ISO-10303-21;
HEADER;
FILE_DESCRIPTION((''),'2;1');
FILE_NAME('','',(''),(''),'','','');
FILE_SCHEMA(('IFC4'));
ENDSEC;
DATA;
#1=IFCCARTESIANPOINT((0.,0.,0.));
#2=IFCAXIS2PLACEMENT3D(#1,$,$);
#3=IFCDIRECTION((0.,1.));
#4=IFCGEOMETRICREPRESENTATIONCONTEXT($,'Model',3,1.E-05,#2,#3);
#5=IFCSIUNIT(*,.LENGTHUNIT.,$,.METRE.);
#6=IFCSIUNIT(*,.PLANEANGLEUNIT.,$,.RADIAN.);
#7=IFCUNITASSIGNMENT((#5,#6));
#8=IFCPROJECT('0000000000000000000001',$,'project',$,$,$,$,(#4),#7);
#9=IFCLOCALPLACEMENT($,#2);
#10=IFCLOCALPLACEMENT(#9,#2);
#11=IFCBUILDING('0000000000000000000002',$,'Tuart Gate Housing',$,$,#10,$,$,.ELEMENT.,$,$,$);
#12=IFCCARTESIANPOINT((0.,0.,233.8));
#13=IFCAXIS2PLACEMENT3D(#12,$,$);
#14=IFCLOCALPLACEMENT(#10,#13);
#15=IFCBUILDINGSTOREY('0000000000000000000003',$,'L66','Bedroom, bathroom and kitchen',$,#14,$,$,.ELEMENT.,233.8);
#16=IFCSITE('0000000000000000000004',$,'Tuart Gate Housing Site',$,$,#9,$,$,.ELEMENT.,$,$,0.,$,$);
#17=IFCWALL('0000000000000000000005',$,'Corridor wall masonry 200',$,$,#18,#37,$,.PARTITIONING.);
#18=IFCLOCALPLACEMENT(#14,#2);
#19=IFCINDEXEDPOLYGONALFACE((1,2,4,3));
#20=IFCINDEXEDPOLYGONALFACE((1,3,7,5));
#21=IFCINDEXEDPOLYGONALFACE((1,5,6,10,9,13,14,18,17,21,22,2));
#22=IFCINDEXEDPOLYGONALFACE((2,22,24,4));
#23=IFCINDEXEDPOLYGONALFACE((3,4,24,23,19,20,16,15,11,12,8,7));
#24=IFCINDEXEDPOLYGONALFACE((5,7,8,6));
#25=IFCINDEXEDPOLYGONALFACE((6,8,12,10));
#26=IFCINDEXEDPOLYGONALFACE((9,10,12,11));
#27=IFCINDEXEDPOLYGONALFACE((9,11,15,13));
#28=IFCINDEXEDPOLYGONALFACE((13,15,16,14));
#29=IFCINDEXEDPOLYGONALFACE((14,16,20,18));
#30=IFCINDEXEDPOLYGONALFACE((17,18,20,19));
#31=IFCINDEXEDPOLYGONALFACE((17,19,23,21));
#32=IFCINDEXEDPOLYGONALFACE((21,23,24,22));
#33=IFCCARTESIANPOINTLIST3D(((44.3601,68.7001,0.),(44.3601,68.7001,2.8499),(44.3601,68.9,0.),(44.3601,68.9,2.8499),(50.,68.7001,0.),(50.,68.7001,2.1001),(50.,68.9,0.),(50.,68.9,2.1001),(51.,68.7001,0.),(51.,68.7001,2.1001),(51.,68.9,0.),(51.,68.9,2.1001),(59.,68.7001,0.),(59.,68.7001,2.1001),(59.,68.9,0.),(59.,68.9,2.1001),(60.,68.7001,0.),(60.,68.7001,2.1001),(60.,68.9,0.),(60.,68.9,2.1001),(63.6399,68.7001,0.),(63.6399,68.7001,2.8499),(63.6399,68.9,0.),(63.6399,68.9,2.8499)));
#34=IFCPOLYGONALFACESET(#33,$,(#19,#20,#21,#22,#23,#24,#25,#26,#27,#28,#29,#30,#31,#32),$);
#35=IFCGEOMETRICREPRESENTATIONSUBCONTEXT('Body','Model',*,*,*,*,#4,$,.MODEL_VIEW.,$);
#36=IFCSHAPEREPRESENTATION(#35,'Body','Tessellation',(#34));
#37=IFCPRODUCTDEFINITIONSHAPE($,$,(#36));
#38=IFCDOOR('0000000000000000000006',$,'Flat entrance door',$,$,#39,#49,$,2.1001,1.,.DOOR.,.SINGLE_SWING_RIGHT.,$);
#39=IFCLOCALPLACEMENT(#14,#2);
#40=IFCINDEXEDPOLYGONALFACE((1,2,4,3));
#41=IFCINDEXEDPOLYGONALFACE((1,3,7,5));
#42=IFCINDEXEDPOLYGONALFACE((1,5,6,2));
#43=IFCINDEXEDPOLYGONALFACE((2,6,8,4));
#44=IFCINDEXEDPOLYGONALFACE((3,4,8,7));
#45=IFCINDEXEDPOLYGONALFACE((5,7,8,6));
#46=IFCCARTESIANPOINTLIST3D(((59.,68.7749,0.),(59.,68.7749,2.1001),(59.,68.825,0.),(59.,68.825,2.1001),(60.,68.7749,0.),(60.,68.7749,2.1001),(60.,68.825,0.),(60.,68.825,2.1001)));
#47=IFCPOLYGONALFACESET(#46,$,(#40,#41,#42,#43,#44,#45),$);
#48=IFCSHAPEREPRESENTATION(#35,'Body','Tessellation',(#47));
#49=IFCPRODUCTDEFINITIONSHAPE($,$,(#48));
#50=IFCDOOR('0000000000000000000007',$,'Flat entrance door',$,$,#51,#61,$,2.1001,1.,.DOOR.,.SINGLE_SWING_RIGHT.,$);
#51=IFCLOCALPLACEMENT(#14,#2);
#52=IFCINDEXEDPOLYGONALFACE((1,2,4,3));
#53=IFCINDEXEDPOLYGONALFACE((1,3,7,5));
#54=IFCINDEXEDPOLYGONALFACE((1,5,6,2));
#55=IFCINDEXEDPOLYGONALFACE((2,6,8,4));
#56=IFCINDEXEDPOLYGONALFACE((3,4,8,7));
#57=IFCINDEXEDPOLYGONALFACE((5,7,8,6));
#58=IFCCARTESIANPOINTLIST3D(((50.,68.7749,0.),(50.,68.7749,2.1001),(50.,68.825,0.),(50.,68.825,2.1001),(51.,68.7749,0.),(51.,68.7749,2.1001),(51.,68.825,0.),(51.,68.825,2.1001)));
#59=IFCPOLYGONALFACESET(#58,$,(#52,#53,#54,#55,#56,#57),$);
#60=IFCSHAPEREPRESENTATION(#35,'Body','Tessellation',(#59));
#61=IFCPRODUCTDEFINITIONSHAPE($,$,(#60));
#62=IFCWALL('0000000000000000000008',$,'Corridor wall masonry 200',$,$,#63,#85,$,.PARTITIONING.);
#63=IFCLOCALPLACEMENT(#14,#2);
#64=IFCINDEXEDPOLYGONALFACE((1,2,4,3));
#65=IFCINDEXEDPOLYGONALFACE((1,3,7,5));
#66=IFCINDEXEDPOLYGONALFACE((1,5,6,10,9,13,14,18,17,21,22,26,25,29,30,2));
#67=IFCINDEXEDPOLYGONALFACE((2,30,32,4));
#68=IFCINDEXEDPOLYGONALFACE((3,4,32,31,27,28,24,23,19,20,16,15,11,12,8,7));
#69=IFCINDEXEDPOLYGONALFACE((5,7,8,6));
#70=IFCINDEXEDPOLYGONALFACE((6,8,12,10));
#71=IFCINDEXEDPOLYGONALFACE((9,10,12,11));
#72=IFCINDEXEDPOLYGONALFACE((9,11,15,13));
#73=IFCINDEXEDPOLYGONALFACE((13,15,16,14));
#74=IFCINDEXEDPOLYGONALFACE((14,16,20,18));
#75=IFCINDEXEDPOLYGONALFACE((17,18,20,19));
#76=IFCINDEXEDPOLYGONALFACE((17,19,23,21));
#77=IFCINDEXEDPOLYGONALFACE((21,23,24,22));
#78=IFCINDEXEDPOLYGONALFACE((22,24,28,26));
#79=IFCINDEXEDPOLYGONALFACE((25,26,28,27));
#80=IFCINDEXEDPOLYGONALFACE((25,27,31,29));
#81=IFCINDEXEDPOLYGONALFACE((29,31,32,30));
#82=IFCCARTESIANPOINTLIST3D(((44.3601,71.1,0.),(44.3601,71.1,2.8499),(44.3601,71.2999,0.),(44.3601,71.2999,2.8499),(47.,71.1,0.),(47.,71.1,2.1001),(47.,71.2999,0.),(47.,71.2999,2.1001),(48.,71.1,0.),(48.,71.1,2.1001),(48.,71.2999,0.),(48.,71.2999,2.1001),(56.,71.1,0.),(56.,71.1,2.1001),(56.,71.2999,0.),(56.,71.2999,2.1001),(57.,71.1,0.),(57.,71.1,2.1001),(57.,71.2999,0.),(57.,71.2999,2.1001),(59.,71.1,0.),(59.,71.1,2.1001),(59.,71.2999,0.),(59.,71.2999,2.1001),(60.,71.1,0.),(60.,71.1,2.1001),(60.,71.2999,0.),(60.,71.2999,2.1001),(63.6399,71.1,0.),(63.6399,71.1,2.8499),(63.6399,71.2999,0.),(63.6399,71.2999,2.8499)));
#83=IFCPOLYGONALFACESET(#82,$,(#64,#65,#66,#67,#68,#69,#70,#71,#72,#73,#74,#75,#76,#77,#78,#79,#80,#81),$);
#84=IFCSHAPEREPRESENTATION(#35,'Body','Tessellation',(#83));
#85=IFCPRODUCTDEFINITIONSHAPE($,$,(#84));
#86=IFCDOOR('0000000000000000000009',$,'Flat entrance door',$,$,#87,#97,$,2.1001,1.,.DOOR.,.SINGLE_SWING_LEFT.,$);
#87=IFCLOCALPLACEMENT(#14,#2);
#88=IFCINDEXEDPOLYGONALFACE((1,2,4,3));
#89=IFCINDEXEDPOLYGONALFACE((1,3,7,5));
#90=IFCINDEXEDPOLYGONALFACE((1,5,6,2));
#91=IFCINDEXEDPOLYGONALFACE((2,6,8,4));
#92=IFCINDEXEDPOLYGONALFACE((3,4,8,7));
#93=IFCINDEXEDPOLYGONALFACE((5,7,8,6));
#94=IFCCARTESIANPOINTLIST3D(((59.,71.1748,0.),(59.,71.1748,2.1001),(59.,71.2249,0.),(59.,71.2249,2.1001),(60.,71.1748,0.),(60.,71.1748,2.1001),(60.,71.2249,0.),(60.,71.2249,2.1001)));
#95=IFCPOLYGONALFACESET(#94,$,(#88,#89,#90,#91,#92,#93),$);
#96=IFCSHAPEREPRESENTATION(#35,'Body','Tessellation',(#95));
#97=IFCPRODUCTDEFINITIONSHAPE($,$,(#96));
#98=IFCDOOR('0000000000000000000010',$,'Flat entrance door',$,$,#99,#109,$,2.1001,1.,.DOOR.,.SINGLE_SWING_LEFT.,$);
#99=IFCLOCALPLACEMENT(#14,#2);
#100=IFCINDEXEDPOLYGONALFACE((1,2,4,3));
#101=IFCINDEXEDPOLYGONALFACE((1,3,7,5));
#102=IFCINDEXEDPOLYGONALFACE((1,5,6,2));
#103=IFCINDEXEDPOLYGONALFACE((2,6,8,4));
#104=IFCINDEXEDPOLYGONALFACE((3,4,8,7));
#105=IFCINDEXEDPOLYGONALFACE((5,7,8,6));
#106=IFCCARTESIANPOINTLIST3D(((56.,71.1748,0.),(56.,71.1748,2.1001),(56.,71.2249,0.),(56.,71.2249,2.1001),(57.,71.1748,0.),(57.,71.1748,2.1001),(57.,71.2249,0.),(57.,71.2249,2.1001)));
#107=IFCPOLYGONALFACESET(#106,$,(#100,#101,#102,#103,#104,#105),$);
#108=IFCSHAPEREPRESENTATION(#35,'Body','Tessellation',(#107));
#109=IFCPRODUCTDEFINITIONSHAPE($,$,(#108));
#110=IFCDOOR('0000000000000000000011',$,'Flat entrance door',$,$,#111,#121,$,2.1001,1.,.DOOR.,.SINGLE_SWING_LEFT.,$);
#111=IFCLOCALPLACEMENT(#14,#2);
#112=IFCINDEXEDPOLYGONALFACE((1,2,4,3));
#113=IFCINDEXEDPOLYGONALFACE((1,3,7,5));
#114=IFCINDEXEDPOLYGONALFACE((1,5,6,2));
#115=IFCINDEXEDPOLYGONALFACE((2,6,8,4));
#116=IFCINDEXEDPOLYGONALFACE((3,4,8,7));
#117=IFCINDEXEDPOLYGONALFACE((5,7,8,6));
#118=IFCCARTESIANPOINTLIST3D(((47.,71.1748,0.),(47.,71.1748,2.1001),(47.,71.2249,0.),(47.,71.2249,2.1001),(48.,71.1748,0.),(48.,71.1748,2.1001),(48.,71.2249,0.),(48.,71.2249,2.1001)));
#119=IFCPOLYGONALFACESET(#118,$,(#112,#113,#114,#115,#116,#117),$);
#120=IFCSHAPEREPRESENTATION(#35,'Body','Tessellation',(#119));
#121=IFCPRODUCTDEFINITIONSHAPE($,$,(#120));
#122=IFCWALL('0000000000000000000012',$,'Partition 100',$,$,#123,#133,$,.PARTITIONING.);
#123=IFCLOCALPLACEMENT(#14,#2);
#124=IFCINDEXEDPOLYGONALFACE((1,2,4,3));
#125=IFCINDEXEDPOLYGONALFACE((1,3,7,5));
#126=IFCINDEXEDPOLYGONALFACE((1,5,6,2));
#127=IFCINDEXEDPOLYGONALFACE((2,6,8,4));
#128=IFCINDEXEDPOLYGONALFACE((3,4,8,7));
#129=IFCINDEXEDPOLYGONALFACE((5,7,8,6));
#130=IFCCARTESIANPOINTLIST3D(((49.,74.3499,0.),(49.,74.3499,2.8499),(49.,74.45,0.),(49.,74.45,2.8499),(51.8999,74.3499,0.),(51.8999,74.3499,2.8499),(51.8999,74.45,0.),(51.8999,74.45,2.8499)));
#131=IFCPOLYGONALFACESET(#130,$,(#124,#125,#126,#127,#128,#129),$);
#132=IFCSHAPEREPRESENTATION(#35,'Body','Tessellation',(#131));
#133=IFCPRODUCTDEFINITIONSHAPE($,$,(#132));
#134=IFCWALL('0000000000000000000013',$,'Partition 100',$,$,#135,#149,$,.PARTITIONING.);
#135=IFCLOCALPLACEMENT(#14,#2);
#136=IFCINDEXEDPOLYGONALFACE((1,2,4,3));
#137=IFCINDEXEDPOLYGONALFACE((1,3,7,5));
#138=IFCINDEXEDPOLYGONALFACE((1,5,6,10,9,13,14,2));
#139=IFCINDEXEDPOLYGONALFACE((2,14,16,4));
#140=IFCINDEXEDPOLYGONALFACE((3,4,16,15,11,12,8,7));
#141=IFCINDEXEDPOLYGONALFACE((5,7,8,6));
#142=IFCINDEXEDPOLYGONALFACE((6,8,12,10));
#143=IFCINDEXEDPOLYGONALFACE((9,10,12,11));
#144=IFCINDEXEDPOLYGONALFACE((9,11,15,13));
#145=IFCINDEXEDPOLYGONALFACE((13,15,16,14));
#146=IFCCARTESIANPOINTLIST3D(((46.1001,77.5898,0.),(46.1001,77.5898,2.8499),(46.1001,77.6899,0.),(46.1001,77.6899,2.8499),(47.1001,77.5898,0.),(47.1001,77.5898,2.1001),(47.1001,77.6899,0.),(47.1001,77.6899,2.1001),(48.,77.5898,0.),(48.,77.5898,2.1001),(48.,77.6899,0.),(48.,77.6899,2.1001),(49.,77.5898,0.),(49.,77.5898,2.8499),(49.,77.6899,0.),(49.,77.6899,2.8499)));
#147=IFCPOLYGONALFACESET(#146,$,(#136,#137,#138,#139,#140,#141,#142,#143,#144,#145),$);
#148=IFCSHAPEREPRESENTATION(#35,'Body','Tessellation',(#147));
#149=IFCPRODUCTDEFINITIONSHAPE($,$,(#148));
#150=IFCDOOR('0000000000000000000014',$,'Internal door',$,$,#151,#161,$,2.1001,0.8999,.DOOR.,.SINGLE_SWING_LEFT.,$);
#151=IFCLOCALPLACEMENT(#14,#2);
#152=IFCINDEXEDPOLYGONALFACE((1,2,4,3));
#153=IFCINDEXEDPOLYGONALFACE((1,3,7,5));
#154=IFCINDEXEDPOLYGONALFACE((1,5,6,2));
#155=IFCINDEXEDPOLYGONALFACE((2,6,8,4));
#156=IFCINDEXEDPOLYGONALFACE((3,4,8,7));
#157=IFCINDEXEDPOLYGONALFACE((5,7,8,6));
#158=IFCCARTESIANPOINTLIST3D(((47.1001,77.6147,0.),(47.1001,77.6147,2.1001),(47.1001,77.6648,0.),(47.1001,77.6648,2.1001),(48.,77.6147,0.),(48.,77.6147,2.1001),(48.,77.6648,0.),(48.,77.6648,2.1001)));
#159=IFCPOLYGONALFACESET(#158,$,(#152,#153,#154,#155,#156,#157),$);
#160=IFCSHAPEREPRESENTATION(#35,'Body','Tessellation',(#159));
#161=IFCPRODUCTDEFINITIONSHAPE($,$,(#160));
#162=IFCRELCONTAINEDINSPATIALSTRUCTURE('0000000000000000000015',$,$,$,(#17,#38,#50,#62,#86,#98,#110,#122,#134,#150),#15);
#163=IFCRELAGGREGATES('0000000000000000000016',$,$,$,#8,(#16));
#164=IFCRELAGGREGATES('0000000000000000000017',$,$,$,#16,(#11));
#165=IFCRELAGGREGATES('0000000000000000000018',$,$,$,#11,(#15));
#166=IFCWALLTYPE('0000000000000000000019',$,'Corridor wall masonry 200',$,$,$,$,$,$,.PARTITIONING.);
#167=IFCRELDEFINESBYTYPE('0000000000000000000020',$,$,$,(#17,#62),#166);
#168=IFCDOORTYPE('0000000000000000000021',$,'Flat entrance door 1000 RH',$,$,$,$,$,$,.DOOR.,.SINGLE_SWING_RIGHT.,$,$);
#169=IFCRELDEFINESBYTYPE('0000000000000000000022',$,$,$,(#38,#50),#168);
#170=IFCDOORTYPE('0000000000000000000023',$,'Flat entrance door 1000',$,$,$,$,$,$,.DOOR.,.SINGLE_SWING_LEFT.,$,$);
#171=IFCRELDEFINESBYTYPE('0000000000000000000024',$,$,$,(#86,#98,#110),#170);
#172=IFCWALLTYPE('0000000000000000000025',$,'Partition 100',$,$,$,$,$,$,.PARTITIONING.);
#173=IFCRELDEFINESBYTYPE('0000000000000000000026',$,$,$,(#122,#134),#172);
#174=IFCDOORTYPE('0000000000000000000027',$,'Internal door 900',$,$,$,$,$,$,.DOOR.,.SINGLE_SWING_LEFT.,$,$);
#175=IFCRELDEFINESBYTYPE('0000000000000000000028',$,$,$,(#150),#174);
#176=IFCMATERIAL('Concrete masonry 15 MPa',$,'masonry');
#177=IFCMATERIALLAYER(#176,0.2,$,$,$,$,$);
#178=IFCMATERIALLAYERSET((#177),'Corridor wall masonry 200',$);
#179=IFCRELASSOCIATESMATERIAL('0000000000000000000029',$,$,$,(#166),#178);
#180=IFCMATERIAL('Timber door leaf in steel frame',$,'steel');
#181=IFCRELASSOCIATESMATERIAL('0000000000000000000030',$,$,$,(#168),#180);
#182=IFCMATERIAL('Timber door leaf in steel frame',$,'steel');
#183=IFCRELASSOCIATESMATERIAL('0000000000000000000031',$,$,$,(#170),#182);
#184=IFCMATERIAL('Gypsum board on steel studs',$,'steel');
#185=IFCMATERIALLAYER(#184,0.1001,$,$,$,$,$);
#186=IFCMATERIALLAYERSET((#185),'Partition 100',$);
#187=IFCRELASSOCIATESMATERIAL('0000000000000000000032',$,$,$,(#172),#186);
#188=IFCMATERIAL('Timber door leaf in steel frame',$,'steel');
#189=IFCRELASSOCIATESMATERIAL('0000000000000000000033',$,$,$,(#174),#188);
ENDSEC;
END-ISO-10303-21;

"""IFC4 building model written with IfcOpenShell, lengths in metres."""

from ifc_helpers import new_model, si_unit, direction, frame, frame_2d, origin, place, context, subcontext, project, spatial, rectangle, extrude, material, layer, layer_set, type_object, element, fill, save


model = new_model("IFC4")

# Units and contexts
model_context = context("Model", 3, precision=1e-05, world=origin(), true_north=direction((0.0, 1.0)))
body_context = subcontext(model_context, "Body", "Model", "MODEL_VIEW")
ifc_project = project(units=[si_unit("LENGTHUNIT", "METRE"), si_unit("PLANEANGLEUNIT", "RADIAN")], contexts=[model_context])

# Site, building, storey
site_placement = place(None, origin())
site = spatial("IfcSite", under=ifc_project, at=site_placement, Name="Tuart Gate Housing Site", CompositionType="ELEMENT", RefElevation=0.0)
building_placement = place(site_placement, origin())
building = spatial("IfcBuilding", under=site, at=building_placement, Name="Tuart Gate Housing", CompositionType="ELEMENT")
storey_placement = place(building_placement, frame((0.0, 0.0, 233.8)))
storey = spatial("IfcBuildingStorey", under=building, at=storey_placement, Name="L66", Description="Bedroom, bathroom and kitchen", CompositionType="ELEMENT", Elevation=233.8)

# Walls, openings, doors
ifc_material_1 = material(Name="Concrete masonry 15 MPa", Category="masonry")
ifc_layer_1 = layer(ifc_material_1, 0.2)
ifc_layer_set_1 = layer_set([ifc_layer_1], Name="Corridor wall masonry 200")
wall_type_1 = type_object("IfcWallType", Name="Corridor wall masonry 200", PredefinedType="PARTITIONING", material=ifc_layer_set_1)
wall_1_placement = place(storey_placement, frame((44.3601, 68.8, 0.0), z_axis=(0.0, 0.0, 1.0), x_axis=(1.0, 0.0, 0.0)))
wall_1 = element("IfcWall", 1, at=wall_1_placement, inside=storey, type_object=wall_type_1, Name="Corridor wall masonry 200", PredefinedType="PARTITIONING", context=body_context, shape_type="SweptSolid", body=[
    extrude(rectangle(XDim=19.2798, YDim=0.2, at=frame_2d((9.6399, 0.0))), origin(), (0.0, 0.0, 1.0), 2.8499),
])
opening_1_placement = place(wall_1_placement, frame((14.6399, 0.0, 0.0)))
opening_1 = element("IfcOpeningElement", 2, at=opening_1_placement, cuts=wall_1, PredefinedType="OPENING", context=body_context, shape_type="SweptSolid", body=[
    extrude(rectangle(XDim=1.0, YDim=2.1001, at=frame_2d((0.5, 1.05))), frame((0.0, 0.1099, 0.0), z_axis=(0.0, -1.0, 0.0), x_axis=(1.0, 0.0, 0.0)), (0.0, 0.0, 1.0), 0.22),
])
opening_2_placement = place(wall_1_placement, frame((5.6399, 0.0, 0.0)))
opening_2 = element("IfcOpeningElement", 3, at=opening_2_placement, cuts=wall_1, PredefinedType="OPENING", context=body_context, shape_type="SweptSolid", body=[
    extrude(rectangle(XDim=1.0, YDim=2.1001, at=frame_2d((0.5, 1.05))), frame((0.0, 0.1099, 0.0), z_axis=(0.0, -1.0, 0.0), x_axis=(1.0, 0.0, 0.0)), (0.0, 0.0, 1.0), 0.22),
])
ifc_material_2 = material(Name="Timber door leaf in steel frame", Category="steel")
door_type_1 = type_object("IfcDoorType", Name="Flat entrance door 1000 RH", OperationType="SINGLE_SWING_RIGHT", PredefinedType="DOOR", material=ifc_material_2)
door_1_placement = place(opening_1_placement, frame((1.0, 0.0, 0.0), z_axis=(0.0, 0.0, 1.0), x_axis=(-1.0, 0.0, 0.0)))
door_1 = element("IfcDoor", 4, at=door_1_placement, inside=storey, type_object=door_type_1, Name="Flat entrance door", OperationType="SINGLE_SWING_RIGHT", OverallHeight=2.1001, OverallWidth=1.0, PredefinedType="DOOR", context=body_context, shape_type="SweptSolid", body=[
    extrude(rectangle(XDim=1.0, YDim=2.1001, at=frame_2d((0.5, 1.05))), frame((0.0, 0.0251, 0.0), z_axis=(0.0, -1.0, 0.0), x_axis=(1.0, 0.0, 0.0)), (0.0, 0.0, 1.0), 0.05),
])
fill(opening_1, door_1)
door_2_placement = place(opening_2_placement, frame((1.0, 0.0, 0.0), z_axis=(0.0, 0.0, 1.0), x_axis=(-1.0, 0.0, 0.0)))
door_2 = element("IfcDoor", 5, at=door_2_placement, inside=storey, type_object=door_type_1, Name="Flat entrance door", OperationType="SINGLE_SWING_RIGHT", OverallHeight=2.1001, OverallWidth=1.0, PredefinedType="DOOR", context=body_context, shape_type="SweptSolid", body=[
    extrude(rectangle(XDim=1.0, YDim=2.1001, at=frame_2d((0.5, 1.05))), frame((0.0, 0.0251, 0.0), z_axis=(0.0, -1.0, 0.0), x_axis=(1.0, 0.0, 0.0)), (0.0, 0.0, 1.0), 0.05),
])
fill(opening_2, door_2)
wall_2_placement = place(storey_placement, frame((44.3601, 71.2, 0.0), z_axis=(0.0, 0.0, 1.0), x_axis=(1.0, 0.0, 0.0)))
wall_2 = element("IfcWall", 6, at=wall_2_placement, inside=storey, type_object=wall_type_1, Name="Corridor wall masonry 200", PredefinedType="PARTITIONING", context=body_context, shape_type="SweptSolid", body=[
    extrude(rectangle(XDim=19.2798, YDim=0.2, at=frame_2d((9.6399, 0.0))), origin(), (0.0, 0.0, 1.0), 2.8499),
])
opening_3_placement = place(wall_2_placement, frame((14.6399, 0.0, 0.0)))
opening_3 = element("IfcOpeningElement", 7, at=opening_3_placement, cuts=wall_2, PredefinedType="OPENING", context=body_context, shape_type="SweptSolid", body=[
    extrude(rectangle(XDim=1.0, YDim=2.1001, at=frame_2d((0.5, 1.05))), frame((0.0, 0.1099, 0.0), z_axis=(0.0, -1.0, 0.0), x_axis=(1.0, 0.0, 0.0)), (0.0, 0.0, 1.0), 0.22),
])
opening_4_placement = place(wall_2_placement, frame((11.6399, 0.0, 0.0)))
opening_4 = element("IfcOpeningElement", 8, at=opening_4_placement, cuts=wall_2, PredefinedType="OPENING", context=body_context, shape_type="SweptSolid", body=[
    extrude(rectangle(XDim=1.0, YDim=2.1001, at=frame_2d((0.5, 1.05))), frame((0.0, 0.1099, 0.0), z_axis=(0.0, -1.0, 0.0), x_axis=(1.0, 0.0, 0.0)), (0.0, 0.0, 1.0), 0.22),
])
opening_5_placement = place(wall_2_placement, frame((2.6399, 0.0, 0.0)))
opening_5 = element("IfcOpeningElement", 9, at=opening_5_placement, cuts=wall_2, PredefinedType="OPENING", context=body_context, shape_type="SweptSolid", body=[
    extrude(rectangle(XDim=1.0, YDim=2.1001, at=frame_2d((0.5, 1.05))), frame((0.0, 0.1099, 0.0), z_axis=(0.0, -1.0, 0.0), x_axis=(1.0, 0.0, 0.0)), (0.0, 0.0, 1.0), 0.22),
])
ifc_material_3 = material(Name="Timber door leaf in steel frame", Category="steel")
door_type_2 = type_object("IfcDoorType", Name="Flat entrance door 1000", OperationType="SINGLE_SWING_LEFT", PredefinedType="DOOR", material=ifc_material_3)
door_3_placement = place(opening_3_placement, origin())
door_3 = element("IfcDoor", 10, at=door_3_placement, inside=storey, type_object=door_type_2, Name="Flat entrance door", OperationType="SINGLE_SWING_LEFT", OverallHeight=2.1001, OverallWidth=1.0, PredefinedType="DOOR", context=body_context, shape_type="SweptSolid", body=[
    extrude(rectangle(XDim=1.0, YDim=2.1001, at=frame_2d((0.5, 1.05))), frame((0.0, 0.0249, 0.0), z_axis=(0.0, -1.0, 0.0), x_axis=(1.0, 0.0, 0.0)), (0.0, 0.0, 1.0), 0.05),
])
fill(opening_3, door_3)
door_4_placement = place(opening_4_placement, origin())
door_4 = element("IfcDoor", 11, at=door_4_placement, inside=storey, type_object=door_type_2, Name="Flat entrance door", OperationType="SINGLE_SWING_LEFT", OverallHeight=2.1001, OverallWidth=1.0, PredefinedType="DOOR", context=body_context, shape_type="SweptSolid", body=[
    extrude(rectangle(XDim=1.0, YDim=2.1001, at=frame_2d((0.5, 1.05))), frame((0.0, 0.0249, 0.0), z_axis=(0.0, -1.0, 0.0), x_axis=(1.0, 0.0, 0.0)), (0.0, 0.0, 1.0), 0.05),
])
fill(opening_4, door_4)
door_5_placement = place(opening_5_placement, origin())
door_5 = element("IfcDoor", 12, at=door_5_placement, inside=storey, type_object=door_type_2, Name="Flat entrance door", OperationType="SINGLE_SWING_LEFT", OverallHeight=2.1001, OverallWidth=1.0, PredefinedType="DOOR", context=body_context, shape_type="SweptSolid", body=[
    extrude(rectangle(XDim=1.0, YDim=2.1001, at=frame_2d((0.5, 1.05))), frame((0.0, 0.0249, 0.0), z_axis=(0.0, -1.0, 0.0), x_axis=(1.0, 0.0, 0.0)), (0.0, 0.0, 1.0), 0.05),
])
fill(opening_5, door_5)

# Wall
ifc_material_4 = material(Name="Gypsum board on steel studs", Category="steel")
ifc_layer_2 = layer(ifc_material_4, 0.1001)
ifc_layer_set_2 = layer_set([ifc_layer_2], Name="Partition 100")
wall_type_2 = type_object("IfcWallType", Name="Partition 100", PredefinedType="PARTITIONING", material=ifc_layer_set_2)
wall_3_placement = place(storey_placement, frame((49.0, 74.3999, 0.0), z_axis=(0.0, 0.0, 1.0), x_axis=(1.0, 0.0, 0.0)))
element("IfcWall", 13, at=wall_3_placement, inside=storey, type_object=wall_type_2, Name="Partition 100", PredefinedType="PARTITIONING", context=body_context, shape_type="SweptSolid", body=[
    extrude(rectangle(XDim=2.8999, YDim=0.1001, at=frame_2d((1.45, 0.0))), origin(), (0.0, 0.0, 1.0), 2.8499),
])

# Wall, opening, door
wall_4_placement = place(storey_placement, frame((46.1001, 77.6399, 0.0), z_axis=(0.0, 0.0, 1.0), x_axis=(1.0, 0.0, 0.0)))
wall_4 = element("IfcWall", 14, at=wall_4_placement, inside=storey, type_object=wall_type_2, Name="Partition 100", PredefinedType="PARTITIONING", context=body_context, shape_type="SweptSolid", body=[
    extrude(rectangle(XDim=2.8999, YDim=0.1001, at=frame_2d((1.45, 0.0))), origin(), (0.0, 0.0, 1.0), 2.8499),
])
opening_6_placement = place(wall_4_placement, frame((1.0, 0.0, 0.0)))
opening_6 = element("IfcOpeningElement", 15, at=opening_6_placement, cuts=wall_4, PredefinedType="OPENING", context=body_context, shape_type="SweptSolid", body=[
    extrude(rectangle(XDim=0.8999, YDim=2.1001, at=frame_2d((0.45, 1.05))), frame((0.0, 0.0601, 0.0), z_axis=(0.0, -1.0, 0.0), x_axis=(1.0, 0.0, 0.0)), (0.0, 0.0, 1.0), 0.1201),
])
ifc_material_5 = material(Name="Timber door leaf in steel frame", Category="steel")
door_type_3 = type_object("IfcDoorType", Name="Internal door 900", OperationType="SINGLE_SWING_LEFT", PredefinedType="DOOR", material=ifc_material_5)
door_6_placement = place(opening_6_placement, frame((0.8999, 0.0, 0.0), z_axis=(0.0, 0.0, 1.0), x_axis=(-1.0, 0.0, 0.0)))
door_6 = element("IfcDoor", 16, at=door_6_placement, inside=storey, type_object=door_type_3, Name="Internal door", OperationType="SINGLE_SWING_LEFT", OverallHeight=2.1001, OverallWidth=0.8999, PredefinedType="DOOR", context=body_context, shape_type="SweptSolid", body=[
    extrude(rectangle(XDim=0.8999, YDim=2.1001, at=frame_2d((0.45, 1.05))), frame((0.0, 0.0251, 0.0), z_axis=(0.0, -1.0, 0.0), x_axis=(1.0, 0.0, 0.0)), (0.0, 0.0, 1.0), 0.05),
])
fill(opening_6, door_6)

save(model, "model.ifc")
